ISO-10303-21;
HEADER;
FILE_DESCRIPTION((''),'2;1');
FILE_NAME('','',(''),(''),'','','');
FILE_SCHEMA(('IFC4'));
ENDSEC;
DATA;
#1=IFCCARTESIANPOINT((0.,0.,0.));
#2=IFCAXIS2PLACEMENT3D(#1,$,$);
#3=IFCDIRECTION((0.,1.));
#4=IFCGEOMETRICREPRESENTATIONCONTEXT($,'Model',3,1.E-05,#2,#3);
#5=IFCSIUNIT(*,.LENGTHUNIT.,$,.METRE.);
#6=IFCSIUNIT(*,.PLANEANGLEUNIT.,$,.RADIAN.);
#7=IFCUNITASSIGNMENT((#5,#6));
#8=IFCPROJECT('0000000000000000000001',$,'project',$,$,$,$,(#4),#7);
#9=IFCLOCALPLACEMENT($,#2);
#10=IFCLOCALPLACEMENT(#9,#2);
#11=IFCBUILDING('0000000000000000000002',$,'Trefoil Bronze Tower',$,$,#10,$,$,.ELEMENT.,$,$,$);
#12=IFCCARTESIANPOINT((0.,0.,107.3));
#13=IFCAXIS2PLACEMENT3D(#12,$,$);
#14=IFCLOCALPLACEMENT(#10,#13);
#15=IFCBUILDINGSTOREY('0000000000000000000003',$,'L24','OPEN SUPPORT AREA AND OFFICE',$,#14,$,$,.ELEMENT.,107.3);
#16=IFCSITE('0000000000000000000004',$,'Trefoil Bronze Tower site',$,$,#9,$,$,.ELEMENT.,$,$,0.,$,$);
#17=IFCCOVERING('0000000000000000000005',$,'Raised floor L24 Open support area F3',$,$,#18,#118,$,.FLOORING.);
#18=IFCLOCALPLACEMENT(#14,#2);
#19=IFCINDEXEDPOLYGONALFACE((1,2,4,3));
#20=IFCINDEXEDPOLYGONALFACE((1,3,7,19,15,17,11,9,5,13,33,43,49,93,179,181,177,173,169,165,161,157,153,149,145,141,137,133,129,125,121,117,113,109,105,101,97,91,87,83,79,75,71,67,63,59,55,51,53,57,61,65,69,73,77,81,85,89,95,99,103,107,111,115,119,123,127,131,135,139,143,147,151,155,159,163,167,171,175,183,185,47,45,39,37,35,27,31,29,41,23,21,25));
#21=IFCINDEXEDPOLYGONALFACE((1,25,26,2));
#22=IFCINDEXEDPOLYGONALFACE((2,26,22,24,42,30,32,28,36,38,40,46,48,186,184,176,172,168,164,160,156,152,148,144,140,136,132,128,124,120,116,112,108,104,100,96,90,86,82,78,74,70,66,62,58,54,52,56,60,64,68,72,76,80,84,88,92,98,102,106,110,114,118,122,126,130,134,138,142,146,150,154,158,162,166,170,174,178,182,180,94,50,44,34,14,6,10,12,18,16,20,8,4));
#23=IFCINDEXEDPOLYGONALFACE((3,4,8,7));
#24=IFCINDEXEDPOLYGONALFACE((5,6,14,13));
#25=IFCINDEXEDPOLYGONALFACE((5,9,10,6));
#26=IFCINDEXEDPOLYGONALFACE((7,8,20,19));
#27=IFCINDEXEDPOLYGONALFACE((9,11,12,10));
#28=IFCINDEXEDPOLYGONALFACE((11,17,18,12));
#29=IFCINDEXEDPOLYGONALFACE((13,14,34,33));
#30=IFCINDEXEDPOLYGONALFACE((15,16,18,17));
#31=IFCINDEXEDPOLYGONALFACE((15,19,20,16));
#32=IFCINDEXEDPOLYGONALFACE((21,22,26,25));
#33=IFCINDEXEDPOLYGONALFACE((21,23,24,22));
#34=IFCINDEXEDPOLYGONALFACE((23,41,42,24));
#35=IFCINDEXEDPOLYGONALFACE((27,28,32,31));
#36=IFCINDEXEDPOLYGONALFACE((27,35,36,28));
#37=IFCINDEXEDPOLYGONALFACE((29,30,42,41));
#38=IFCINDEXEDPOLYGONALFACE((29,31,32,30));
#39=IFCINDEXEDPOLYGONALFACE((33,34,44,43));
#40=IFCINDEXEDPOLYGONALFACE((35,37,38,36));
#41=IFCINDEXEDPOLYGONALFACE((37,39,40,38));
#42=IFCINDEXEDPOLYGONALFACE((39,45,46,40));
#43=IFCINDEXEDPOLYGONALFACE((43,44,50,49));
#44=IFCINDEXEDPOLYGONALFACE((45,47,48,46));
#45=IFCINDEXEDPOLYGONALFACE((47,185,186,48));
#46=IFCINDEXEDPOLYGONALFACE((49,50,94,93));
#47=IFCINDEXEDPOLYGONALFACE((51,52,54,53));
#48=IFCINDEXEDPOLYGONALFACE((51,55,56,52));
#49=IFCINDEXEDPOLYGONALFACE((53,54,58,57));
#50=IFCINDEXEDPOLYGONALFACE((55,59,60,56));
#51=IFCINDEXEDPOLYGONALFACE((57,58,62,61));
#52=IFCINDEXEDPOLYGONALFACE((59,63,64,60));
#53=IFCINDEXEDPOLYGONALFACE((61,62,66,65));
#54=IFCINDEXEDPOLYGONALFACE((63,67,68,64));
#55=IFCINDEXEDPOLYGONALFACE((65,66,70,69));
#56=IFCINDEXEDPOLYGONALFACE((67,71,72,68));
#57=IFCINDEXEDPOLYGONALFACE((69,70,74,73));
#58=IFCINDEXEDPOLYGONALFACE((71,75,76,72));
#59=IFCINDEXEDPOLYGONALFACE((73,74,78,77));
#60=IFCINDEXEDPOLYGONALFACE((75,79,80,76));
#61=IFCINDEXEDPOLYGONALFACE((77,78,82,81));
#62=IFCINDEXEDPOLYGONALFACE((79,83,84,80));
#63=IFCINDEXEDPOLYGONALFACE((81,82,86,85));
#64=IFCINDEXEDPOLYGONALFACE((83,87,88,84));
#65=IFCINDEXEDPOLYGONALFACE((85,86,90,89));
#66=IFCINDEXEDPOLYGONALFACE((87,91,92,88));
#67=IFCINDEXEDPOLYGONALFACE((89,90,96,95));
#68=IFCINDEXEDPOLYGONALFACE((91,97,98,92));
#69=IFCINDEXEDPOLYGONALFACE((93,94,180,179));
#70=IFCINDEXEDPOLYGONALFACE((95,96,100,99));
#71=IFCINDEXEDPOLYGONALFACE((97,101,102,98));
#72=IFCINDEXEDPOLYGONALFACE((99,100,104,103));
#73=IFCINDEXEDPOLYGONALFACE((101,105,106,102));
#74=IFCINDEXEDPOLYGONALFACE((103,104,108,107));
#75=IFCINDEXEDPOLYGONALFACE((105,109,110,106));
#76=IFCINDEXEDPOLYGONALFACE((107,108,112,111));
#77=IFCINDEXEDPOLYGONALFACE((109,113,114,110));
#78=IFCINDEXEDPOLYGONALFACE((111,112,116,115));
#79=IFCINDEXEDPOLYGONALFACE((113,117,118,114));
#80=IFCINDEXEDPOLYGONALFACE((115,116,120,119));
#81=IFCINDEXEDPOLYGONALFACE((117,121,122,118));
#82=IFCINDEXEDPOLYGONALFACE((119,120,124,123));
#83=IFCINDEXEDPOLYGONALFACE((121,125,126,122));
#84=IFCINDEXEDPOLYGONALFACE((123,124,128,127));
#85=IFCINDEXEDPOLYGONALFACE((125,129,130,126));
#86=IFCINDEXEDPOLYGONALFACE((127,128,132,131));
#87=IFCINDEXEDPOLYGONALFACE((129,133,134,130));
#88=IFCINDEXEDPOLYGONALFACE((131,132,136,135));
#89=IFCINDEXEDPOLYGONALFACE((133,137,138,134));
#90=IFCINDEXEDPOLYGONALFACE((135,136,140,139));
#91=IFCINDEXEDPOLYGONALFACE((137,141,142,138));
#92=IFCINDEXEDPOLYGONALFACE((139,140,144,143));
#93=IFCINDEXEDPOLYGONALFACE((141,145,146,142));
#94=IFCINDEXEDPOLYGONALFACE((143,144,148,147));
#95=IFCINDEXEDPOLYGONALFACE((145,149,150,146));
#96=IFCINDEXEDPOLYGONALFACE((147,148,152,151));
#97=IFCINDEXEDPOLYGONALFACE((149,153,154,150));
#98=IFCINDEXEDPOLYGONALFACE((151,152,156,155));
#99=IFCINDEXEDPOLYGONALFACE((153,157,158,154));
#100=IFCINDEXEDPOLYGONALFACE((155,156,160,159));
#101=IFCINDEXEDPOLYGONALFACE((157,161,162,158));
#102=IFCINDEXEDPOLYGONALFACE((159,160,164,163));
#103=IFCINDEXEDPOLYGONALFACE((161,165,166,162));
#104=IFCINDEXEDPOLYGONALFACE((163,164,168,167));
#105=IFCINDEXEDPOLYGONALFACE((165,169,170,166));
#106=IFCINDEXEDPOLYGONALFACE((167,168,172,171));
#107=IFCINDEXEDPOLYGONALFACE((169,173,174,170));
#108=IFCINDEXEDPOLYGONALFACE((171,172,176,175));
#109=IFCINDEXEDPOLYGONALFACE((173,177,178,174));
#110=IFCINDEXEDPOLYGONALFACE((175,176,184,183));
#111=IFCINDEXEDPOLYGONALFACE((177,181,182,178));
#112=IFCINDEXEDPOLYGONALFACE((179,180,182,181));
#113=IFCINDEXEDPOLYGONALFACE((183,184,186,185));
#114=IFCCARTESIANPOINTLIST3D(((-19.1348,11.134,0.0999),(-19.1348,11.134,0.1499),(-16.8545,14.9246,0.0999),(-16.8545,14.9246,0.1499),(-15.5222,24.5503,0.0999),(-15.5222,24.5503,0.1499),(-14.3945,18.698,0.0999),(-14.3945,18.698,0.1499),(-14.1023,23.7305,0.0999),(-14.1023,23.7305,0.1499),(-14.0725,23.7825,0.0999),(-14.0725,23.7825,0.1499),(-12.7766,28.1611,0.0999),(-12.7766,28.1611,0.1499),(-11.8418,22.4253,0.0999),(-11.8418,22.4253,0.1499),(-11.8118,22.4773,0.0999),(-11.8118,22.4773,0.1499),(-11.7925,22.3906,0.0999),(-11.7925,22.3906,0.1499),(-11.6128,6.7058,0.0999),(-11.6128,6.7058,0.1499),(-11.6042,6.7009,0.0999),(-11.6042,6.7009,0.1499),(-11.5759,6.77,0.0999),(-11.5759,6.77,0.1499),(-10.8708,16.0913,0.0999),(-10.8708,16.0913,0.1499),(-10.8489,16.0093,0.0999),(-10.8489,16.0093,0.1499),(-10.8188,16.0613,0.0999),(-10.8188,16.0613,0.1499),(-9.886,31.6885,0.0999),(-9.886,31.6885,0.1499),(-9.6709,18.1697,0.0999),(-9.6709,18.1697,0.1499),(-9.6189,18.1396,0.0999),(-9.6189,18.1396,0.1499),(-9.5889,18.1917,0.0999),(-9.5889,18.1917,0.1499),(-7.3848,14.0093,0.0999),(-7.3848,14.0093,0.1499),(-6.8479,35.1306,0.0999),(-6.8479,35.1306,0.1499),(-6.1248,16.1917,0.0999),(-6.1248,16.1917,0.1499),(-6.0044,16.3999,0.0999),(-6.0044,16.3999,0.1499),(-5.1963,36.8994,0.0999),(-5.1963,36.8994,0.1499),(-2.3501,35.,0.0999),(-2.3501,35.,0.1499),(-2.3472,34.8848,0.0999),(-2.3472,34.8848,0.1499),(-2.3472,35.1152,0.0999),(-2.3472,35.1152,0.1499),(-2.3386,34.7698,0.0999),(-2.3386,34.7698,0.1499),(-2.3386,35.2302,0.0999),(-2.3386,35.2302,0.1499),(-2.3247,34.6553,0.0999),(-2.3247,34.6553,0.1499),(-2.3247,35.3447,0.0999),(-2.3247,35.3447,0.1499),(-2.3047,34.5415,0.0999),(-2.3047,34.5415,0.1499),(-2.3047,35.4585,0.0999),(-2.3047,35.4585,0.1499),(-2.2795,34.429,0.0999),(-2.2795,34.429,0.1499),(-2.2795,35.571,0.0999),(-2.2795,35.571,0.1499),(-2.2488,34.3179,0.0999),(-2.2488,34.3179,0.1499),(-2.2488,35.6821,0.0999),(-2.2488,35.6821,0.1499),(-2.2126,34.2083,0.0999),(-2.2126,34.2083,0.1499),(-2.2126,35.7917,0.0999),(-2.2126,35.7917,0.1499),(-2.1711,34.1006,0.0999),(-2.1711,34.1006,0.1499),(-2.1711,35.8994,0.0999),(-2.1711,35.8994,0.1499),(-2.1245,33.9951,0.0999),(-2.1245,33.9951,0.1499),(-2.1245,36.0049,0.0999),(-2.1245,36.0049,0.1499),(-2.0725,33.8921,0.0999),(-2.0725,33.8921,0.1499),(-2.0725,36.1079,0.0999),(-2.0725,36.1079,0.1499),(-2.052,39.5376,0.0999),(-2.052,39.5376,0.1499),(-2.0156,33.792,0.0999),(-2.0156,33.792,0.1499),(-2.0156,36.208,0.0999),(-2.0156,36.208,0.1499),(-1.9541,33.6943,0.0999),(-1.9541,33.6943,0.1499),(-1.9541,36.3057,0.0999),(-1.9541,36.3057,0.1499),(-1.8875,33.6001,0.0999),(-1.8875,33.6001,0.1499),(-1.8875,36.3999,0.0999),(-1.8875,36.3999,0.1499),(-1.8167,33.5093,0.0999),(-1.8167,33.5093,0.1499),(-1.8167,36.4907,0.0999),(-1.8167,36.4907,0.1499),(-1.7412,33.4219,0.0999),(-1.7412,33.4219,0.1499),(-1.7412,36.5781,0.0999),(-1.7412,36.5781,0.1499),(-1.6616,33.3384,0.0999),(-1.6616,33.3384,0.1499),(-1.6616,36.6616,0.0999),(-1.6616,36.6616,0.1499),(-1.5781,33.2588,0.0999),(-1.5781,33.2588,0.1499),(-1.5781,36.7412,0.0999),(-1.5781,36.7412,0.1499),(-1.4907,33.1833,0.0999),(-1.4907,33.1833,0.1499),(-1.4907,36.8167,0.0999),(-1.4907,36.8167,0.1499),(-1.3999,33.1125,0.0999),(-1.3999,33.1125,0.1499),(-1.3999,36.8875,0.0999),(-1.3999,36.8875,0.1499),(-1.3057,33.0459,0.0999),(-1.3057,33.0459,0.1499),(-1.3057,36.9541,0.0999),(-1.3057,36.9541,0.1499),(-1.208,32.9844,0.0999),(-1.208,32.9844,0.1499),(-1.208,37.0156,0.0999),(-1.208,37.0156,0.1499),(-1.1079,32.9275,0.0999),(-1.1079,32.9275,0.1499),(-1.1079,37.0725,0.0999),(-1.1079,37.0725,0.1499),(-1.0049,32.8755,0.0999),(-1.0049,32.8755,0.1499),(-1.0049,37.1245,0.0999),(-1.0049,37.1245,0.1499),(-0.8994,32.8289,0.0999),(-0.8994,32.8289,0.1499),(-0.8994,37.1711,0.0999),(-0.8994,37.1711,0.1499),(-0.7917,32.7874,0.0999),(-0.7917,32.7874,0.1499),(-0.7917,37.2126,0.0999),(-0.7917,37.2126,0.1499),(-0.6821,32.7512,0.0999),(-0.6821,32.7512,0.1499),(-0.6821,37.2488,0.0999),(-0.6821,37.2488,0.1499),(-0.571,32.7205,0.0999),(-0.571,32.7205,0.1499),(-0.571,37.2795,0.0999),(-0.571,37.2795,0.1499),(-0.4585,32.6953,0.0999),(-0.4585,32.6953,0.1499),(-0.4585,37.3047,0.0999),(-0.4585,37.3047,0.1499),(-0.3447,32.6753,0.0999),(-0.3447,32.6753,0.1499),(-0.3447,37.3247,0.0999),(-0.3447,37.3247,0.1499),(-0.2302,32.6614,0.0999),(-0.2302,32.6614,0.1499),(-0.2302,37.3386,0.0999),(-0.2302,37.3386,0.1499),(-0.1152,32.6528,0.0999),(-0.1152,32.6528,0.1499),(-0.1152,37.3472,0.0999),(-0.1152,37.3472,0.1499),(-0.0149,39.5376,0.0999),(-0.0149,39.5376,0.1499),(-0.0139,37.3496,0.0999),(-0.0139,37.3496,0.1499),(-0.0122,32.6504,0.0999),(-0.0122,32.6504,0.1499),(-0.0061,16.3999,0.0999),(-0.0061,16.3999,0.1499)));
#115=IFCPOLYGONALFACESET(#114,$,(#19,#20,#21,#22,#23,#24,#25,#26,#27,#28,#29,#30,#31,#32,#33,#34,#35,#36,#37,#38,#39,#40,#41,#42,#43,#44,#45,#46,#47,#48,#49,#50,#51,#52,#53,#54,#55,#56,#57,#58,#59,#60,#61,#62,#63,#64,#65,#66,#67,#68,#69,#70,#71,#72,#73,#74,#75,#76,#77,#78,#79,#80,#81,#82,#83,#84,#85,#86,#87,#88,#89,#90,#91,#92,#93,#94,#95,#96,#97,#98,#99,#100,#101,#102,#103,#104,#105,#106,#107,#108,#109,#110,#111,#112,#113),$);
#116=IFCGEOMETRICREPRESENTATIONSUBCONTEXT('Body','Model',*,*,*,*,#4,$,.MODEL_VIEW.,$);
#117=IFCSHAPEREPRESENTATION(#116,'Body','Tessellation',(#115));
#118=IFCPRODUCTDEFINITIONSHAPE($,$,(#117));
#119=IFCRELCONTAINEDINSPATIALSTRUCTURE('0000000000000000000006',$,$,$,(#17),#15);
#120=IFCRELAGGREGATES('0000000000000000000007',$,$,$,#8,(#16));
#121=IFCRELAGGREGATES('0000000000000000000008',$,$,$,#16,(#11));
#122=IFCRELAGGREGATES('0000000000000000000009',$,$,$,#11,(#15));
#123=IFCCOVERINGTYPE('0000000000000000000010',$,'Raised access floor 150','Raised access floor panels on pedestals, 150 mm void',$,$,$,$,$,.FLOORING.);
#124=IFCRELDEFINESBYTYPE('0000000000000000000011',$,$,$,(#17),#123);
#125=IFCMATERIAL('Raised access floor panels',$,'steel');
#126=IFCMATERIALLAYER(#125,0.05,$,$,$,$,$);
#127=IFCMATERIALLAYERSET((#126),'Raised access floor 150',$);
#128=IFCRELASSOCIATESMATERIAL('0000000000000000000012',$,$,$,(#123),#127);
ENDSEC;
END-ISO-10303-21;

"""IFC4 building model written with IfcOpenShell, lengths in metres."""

from ifc_helpers import new_model, si_unit, direction, frame, origin, place, context, subcontext, project, spatial, polyline, outline, extrude, material, layer, layer_set, type_object, element, save


model = new_model("IFC4")

# Units and contexts
model_context = context("Model", 3, precision=1e-05, world=origin(), true_north=direction((0.0, 1.0)))
body_context = subcontext(model_context, "Body", "Model", "MODEL_VIEW")
ifc_project = project(units=[si_unit("LENGTHUNIT", "METRE"), si_unit("PLANEANGLEUNIT", "RADIAN")], contexts=[model_context])

# Site, building, storey
site_placement = place(None, origin())
site = spatial("IfcSite", under=ifc_project, at=site_placement, Name="Trefoil Bronze Tower site", CompositionType="ELEMENT", RefElevation=0.0)
building_placement = place(site_placement, origin())
building = spatial("IfcBuilding", under=site, at=building_placement, Name="Trefoil Bronze Tower", CompositionType="ELEMENT")
storey_placement = place(building_placement, frame((0.0, 0.0, 107.3)))
storey = spatial("IfcBuildingStorey", under=building, at=storey_placement, Name="L24", Description="OPEN SUPPORT AREA AND OFFICE", CompositionType="ELEMENT", Elevation=107.3)

# Covering
ifc_material_1 = material(Name="Raised access floor panels", Category="steel")
ifc_layer_1 = layer(ifc_material_1, 0.05)
ifc_layer_set_1 = layer_set([ifc_layer_1], Name="Raised access floor 150")
covering_type_1 = type_object("IfcCoveringType", Name="Raised access floor 150", Description="Raised access floor panels on pedestals, 150 mm void", PredefinedType="FLOORING", material=ifc_layer_set_1)
covering_1_placement = place(storey_placement, frame((0.0, 0.0, 0.0999)))
element("IfcCovering", 1, at=covering_1_placement, inside=storey, type_object=covering_type_1, Name="Raised floor L24 Open support area F3", PredefinedType="FLOORING", context=body_context, shape_type="SweptSolid", body=[
    extrude(outline(polyline([(-6.1248, 16.1917), (-9.5889, 18.1917), (-9.6189, 18.1396), (-9.6709, 18.1697), (-10.8708, 16.0913), (-10.8188, 16.0613), (-10.8489, 16.0093), (-7.3848, 14.0093), (-11.6042, 6.7009), (-11.6128, 6.7058), (-11.5759, 6.77), (-19.1348, 11.134), (-16.8545, 14.9246), (-14.3945, 18.698), (-11.7925, 22.3906), (-11.8418, 22.4253), (-11.8118, 22.4773), (-14.0725, 23.7825), (-14.1023, 23.7305), (-15.5222, 24.5503), (-12.7766, 28.1611), (-9.886, 31.6885), (-6.8479, 35.1306), (-5.1963, 36.8994), (-2.052, 39.5376), (-0.0149, 39.5376), (-0.0139, 37.3496), (-0.1152, 37.3472), (-0.2302, 37.3386), (-0.3447, 37.3247), (-0.4585, 37.3047), (-0.571, 37.2795), (-0.6821, 37.2488), (-0.7917, 37.2126), (-0.8994, 37.1711), (-1.0049, 37.1245), (-1.1079, 37.0725), (-1.208, 37.0156), (-1.3057, 36.9541), (-1.3999, 36.8875), (-1.4907, 36.8167), (-1.5781, 36.7412), (-1.6616, 36.6616), (-1.7412, 36.5781), (-1.8167, 36.4907), (-1.8875, 36.3999), (-1.9541, 36.3057), (-2.0156, 36.208), (-2.0725, 36.1079), (-2.1245, 36.0049), (-2.1711, 35.8994), (-2.2126, 35.7917), (-2.2488, 35.6821), (-2.2795, 35.571), (-2.3047, 35.4585), (-2.3247, 35.3447), (-2.3386, 35.2302), (-2.3472, 35.1152), (-2.3501, 35.0), (-2.3472, 34.8848), (-2.3386, 34.7698), (-2.3247, 34.6553), (-2.3047, 34.5415), (-2.2795, 34.429), (-2.2488, 34.3179), (-2.2126, 34.2083), (-2.1711, 34.1006), (-2.1245, 33.9951), (-2.0725, 33.8921), (-2.0156, 33.792), (-1.9541, 33.6943), (-1.8875, 33.6001), (-1.8167, 33.5093), (-1.7412, 33.4219), (-1.6616, 33.3384), (-1.5781, 33.2588), (-1.4907, 33.1833), (-1.3999, 33.1125), (-1.3057, 33.0459), (-1.208, 32.9844), (-1.1079, 32.9275), (-1.0049, 32.8755), (-0.8994, 32.8289), (-0.7917, 32.7874), (-0.6821, 32.7512), (-0.571, 32.7205), (-0.4585, 32.6953), (-0.3447, 32.6753), (-0.2302, 32.6614), (-0.1152, 32.6528), (-0.0122, 32.6504), (-0.0061, 16.3999), (-6.0044, 16.3999), (-6.1248, 16.1917)])), origin(), (0.0, 0.0, 1.0), 0.05),
])

save(model, "model.ifc")
